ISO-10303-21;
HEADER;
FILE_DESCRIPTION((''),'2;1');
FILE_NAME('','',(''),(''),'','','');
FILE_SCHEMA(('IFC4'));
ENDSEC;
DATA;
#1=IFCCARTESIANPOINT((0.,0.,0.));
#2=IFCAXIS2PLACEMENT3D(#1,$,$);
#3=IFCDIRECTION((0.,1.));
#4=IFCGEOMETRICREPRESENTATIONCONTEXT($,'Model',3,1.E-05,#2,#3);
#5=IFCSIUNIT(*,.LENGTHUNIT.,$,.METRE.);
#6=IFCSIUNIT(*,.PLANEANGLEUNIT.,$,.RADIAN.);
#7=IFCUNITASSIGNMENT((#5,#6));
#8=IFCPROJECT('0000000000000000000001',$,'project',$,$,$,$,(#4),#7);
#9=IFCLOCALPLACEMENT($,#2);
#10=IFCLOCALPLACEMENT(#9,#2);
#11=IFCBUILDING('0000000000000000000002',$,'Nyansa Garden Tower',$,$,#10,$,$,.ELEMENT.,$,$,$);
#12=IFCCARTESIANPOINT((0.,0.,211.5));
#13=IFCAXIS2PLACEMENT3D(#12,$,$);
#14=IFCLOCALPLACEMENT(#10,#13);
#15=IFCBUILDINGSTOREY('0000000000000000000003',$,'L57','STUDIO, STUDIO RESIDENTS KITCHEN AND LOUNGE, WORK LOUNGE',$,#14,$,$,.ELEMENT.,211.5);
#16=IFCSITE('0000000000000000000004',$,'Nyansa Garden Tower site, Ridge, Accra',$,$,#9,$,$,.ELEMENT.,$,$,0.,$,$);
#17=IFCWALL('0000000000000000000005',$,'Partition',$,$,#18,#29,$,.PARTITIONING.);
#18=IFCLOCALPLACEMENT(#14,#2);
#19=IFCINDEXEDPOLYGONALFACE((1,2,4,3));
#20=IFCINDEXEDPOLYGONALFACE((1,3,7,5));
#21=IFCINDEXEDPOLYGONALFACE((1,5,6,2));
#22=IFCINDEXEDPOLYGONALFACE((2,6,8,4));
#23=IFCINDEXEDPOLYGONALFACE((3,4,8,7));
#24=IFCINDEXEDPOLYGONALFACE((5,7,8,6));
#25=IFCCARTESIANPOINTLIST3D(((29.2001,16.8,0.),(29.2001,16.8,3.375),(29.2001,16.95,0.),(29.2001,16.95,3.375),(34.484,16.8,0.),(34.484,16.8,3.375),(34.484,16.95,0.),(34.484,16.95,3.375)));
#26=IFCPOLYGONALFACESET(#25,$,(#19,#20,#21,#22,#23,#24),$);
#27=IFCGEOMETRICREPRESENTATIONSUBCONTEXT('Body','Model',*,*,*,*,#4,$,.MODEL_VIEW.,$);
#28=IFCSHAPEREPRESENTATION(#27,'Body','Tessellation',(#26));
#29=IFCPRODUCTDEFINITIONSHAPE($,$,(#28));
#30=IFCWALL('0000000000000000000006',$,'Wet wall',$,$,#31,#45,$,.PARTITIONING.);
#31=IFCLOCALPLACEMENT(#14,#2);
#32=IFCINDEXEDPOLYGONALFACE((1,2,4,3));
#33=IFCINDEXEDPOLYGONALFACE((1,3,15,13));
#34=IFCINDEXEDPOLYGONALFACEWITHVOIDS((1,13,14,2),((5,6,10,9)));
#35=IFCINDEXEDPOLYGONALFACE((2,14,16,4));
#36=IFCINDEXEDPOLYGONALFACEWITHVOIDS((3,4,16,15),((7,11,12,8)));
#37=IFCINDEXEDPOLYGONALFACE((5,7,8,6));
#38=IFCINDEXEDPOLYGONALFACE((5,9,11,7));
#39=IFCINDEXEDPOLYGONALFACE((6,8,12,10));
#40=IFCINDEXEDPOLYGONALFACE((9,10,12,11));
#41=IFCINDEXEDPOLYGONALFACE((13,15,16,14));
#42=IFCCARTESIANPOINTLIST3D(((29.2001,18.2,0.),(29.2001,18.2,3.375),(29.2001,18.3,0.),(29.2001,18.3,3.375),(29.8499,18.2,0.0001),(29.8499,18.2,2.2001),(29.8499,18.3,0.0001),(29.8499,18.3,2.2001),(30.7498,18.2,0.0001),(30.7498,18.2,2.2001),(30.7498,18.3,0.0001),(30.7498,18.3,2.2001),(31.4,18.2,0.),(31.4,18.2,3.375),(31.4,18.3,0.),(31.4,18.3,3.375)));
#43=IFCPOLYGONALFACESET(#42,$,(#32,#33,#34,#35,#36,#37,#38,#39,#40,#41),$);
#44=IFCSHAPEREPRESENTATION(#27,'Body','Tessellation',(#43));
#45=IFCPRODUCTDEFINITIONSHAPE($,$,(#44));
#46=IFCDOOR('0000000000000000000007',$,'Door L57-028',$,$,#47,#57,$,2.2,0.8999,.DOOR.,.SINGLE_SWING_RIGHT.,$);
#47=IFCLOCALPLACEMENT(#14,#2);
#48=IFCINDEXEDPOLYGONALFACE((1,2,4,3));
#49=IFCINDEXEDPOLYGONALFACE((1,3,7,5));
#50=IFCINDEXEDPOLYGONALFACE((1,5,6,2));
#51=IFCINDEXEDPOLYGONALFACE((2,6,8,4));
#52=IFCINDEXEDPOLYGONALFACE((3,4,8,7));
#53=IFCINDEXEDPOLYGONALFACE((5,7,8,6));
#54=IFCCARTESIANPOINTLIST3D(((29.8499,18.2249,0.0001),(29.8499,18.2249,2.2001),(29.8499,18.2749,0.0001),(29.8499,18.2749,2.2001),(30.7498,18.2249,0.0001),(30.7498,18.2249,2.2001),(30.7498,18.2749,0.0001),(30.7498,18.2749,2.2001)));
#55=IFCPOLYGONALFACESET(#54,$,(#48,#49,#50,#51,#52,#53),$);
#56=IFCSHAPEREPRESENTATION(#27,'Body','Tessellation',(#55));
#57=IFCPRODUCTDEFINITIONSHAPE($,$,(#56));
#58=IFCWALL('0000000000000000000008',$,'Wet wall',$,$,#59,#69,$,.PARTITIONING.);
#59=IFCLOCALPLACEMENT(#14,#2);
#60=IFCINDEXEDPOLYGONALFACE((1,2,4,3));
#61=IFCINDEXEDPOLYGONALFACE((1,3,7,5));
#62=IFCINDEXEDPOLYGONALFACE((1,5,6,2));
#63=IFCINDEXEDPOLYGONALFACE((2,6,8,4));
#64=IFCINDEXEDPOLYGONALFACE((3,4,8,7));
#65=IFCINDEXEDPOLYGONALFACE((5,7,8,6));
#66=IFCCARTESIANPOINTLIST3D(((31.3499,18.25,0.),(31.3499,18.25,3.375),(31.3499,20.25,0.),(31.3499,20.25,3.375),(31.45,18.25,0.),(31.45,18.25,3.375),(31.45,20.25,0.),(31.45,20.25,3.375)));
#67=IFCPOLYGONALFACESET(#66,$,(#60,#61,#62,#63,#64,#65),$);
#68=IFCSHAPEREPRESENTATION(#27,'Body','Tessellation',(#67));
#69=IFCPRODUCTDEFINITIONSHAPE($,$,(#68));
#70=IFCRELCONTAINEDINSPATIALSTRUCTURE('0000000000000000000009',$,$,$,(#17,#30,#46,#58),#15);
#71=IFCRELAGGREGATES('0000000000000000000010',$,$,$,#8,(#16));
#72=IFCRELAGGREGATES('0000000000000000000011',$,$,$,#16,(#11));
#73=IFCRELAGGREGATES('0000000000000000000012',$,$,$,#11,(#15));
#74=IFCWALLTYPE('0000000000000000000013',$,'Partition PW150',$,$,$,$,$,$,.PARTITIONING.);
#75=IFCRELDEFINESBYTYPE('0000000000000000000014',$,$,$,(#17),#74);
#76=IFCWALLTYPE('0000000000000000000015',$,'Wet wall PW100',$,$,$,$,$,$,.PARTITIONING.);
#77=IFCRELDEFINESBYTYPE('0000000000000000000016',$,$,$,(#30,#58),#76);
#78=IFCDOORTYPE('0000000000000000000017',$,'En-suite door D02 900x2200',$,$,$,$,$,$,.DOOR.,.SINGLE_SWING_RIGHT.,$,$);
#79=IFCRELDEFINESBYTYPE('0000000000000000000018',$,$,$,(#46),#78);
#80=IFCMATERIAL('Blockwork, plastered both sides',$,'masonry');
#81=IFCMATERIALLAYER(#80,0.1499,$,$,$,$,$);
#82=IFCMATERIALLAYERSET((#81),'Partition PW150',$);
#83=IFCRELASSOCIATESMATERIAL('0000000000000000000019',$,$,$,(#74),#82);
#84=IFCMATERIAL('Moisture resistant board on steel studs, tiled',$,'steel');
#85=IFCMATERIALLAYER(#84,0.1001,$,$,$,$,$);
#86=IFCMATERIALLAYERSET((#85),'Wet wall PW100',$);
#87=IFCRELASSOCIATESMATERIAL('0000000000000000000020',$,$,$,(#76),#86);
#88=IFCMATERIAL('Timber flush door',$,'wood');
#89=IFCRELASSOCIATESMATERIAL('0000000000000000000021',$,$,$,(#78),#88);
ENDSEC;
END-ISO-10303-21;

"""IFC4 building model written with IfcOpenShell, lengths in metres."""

from ifc_helpers import new_model, si_unit, direction, frame, frame_2d, origin, place, context, subcontext, project, spatial, rectangle, extrude, material, layer, layer_set, type_object, element, fill, save


model = new_model("IFC4")

# Units and contexts
model_context = context("Model", 3, precision=1e-05, world=origin(), true_north=direction((0.0, 1.0)))
body_context = subcontext(model_context, "Body", "Model", "MODEL_VIEW")
ifc_project = project(units=[si_unit("LENGTHUNIT", "METRE"), si_unit("PLANEANGLEUNIT", "RADIAN")], contexts=[model_context])

# Site, building, storey
site_placement = place(None, origin())
site = spatial("IfcSite", under=ifc_project, at=site_placement, Name="Nyansa Garden Tower site, Ridge, Accra", CompositionType="ELEMENT", RefElevation=0.0)
building_placement = place(site_placement, origin())
building = spatial("IfcBuilding", under=site, at=building_placement, Name="Nyansa Garden Tower", CompositionType="ELEMENT")
storey_placement = place(building_placement, frame((0.0, 0.0, 211.5)))
storey = spatial("IfcBuildingStorey", under=building, at=storey_placement, Name="L57", Description="STUDIO, STUDIO RESIDENTS KITCHEN AND LOUNGE, WORK LOUNGE", CompositionType="ELEMENT", Elevation=211.5)

# Wall
ifc_material_1 = material(Name="Blockwork, plastered both sides", Category="masonry")
ifc_layer_1 = layer(ifc_material_1, 0.1499)
ifc_layer_set_1 = layer_set([ifc_layer_1], Name="Partition PW150")
wall_type_1 = type_object("IfcWallType", Name="Partition PW150", PredefinedType="PARTITIONING", material=ifc_layer_set_1)
wall_1_placement = place(storey_placement, frame((29.2, 16.875, 0.0), z_axis=(0.0, 0.0, 1.0), x_axis=(1.0, 0.0, 0.0)))
element("IfcWall", 1, at=wall_1_placement, inside=storey, type_object=wall_type_1, Name="Partition", PredefinedType="PARTITIONING", context=body_context, shape_type="SweptSolid", body=[
    extrude(rectangle(XDim=5.2839, YDim=0.1499, at=frame_2d((2.6421, 0.0))), origin(), (0.0, 0.0, 1.0), 3.375),
])

# Wall, opening, door
ifc_material_2 = material(Name="Moisture resistant board on steel studs, tiled", Category="steel")
ifc_layer_2 = layer(ifc_material_2, 0.1001)
ifc_layer_set_2 = layer_set([ifc_layer_2], Name="Wet wall PW100")
wall_type_2 = type_object("IfcWallType", Name="Wet wall PW100", PredefinedType="PARTITIONING", material=ifc_layer_set_2)
wall_2_placement = place(storey_placement, frame((29.2, 18.25, 0.0), z_axis=(0.0, 0.0, 1.0), x_axis=(1.0, 0.0, 0.0)))
wall_2 = element("IfcWall", 2, at=wall_2_placement, inside=storey, type_object=wall_type_2, Name="Wet wall", PredefinedType="PARTITIONING", context=body_context, shape_type="SweptSolid", body=[
    extrude(rectangle(XDim=2.2, YDim=0.1001, at=frame_2d((1.1001, 0.0))), origin(), (0.0, 0.0, 1.0), 3.375),
])
opening_1_placement = place(wall_2_placement, frame((0.6499, 0.0, 0.0)))
opening_1 = element("IfcOpeningElement", 3, at=opening_1_placement, cuts=wall_2, PredefinedType="OPENING", context=body_context, shape_type="SweptSolid", body=[
    extrude(rectangle(XDim=0.8999, YDim=2.2, at=frame_2d((0.45, 1.1001))), frame((0.0, 0.0601, 0.0), z_axis=(0.0, -1.0, 0.0), x_axis=(1.0, 0.0, 0.0)), (0.0, 0.0, 1.0), 0.1201),
])
ifc_material_3 = material(Name="Timber flush door", Category="wood")
door_type_1 = type_object("IfcDoorType", Name="En-suite door D02 900x2200", OperationType="SINGLE_SWING_RIGHT", PredefinedType="DOOR", material=ifc_material_3)
door_1_placement = place(opening_1_placement, origin())
door_1 = element("IfcDoor", 4, at=door_1_placement, inside=storey, type_object=door_type_1, Name="Door L57-028", OperationType="SINGLE_SWING_RIGHT", OverallHeight=2.2, OverallWidth=0.8999, PredefinedType="DOOR", context=body_context, shape_type="SweptSolid", body=[
    extrude(rectangle(XDim=0.8999, YDim=2.2, at=frame_2d((0.45, 1.1001))), frame((0.0, 0.0249, 0.0), z_axis=(0.0, -1.0, 0.0), x_axis=(1.0, 0.0, 0.0)), (0.0, 0.0, 1.0), 0.05),
])
fill(opening_1, door_1)

# Wall
wall_3_placement = place(storey_placement, frame((31.3999, 18.25, 0.0), z_axis=(0.0, 0.0, 1.0), x_axis=(0.0, 1.0, 0.0)))
element("IfcWall", 5, at=wall_3_placement, inside=storey, type_object=wall_type_2, Name="Wet wall", PredefinedType="PARTITIONING", context=body_context, shape_type="SweptSolid", body=[
    extrude(rectangle(XDim=2.0, YDim=0.1001, at=frame_2d((1.0, 0.0))), origin(), (0.0, 0.0, 1.0), 3.375),
])

save(model, "model.ifc")
